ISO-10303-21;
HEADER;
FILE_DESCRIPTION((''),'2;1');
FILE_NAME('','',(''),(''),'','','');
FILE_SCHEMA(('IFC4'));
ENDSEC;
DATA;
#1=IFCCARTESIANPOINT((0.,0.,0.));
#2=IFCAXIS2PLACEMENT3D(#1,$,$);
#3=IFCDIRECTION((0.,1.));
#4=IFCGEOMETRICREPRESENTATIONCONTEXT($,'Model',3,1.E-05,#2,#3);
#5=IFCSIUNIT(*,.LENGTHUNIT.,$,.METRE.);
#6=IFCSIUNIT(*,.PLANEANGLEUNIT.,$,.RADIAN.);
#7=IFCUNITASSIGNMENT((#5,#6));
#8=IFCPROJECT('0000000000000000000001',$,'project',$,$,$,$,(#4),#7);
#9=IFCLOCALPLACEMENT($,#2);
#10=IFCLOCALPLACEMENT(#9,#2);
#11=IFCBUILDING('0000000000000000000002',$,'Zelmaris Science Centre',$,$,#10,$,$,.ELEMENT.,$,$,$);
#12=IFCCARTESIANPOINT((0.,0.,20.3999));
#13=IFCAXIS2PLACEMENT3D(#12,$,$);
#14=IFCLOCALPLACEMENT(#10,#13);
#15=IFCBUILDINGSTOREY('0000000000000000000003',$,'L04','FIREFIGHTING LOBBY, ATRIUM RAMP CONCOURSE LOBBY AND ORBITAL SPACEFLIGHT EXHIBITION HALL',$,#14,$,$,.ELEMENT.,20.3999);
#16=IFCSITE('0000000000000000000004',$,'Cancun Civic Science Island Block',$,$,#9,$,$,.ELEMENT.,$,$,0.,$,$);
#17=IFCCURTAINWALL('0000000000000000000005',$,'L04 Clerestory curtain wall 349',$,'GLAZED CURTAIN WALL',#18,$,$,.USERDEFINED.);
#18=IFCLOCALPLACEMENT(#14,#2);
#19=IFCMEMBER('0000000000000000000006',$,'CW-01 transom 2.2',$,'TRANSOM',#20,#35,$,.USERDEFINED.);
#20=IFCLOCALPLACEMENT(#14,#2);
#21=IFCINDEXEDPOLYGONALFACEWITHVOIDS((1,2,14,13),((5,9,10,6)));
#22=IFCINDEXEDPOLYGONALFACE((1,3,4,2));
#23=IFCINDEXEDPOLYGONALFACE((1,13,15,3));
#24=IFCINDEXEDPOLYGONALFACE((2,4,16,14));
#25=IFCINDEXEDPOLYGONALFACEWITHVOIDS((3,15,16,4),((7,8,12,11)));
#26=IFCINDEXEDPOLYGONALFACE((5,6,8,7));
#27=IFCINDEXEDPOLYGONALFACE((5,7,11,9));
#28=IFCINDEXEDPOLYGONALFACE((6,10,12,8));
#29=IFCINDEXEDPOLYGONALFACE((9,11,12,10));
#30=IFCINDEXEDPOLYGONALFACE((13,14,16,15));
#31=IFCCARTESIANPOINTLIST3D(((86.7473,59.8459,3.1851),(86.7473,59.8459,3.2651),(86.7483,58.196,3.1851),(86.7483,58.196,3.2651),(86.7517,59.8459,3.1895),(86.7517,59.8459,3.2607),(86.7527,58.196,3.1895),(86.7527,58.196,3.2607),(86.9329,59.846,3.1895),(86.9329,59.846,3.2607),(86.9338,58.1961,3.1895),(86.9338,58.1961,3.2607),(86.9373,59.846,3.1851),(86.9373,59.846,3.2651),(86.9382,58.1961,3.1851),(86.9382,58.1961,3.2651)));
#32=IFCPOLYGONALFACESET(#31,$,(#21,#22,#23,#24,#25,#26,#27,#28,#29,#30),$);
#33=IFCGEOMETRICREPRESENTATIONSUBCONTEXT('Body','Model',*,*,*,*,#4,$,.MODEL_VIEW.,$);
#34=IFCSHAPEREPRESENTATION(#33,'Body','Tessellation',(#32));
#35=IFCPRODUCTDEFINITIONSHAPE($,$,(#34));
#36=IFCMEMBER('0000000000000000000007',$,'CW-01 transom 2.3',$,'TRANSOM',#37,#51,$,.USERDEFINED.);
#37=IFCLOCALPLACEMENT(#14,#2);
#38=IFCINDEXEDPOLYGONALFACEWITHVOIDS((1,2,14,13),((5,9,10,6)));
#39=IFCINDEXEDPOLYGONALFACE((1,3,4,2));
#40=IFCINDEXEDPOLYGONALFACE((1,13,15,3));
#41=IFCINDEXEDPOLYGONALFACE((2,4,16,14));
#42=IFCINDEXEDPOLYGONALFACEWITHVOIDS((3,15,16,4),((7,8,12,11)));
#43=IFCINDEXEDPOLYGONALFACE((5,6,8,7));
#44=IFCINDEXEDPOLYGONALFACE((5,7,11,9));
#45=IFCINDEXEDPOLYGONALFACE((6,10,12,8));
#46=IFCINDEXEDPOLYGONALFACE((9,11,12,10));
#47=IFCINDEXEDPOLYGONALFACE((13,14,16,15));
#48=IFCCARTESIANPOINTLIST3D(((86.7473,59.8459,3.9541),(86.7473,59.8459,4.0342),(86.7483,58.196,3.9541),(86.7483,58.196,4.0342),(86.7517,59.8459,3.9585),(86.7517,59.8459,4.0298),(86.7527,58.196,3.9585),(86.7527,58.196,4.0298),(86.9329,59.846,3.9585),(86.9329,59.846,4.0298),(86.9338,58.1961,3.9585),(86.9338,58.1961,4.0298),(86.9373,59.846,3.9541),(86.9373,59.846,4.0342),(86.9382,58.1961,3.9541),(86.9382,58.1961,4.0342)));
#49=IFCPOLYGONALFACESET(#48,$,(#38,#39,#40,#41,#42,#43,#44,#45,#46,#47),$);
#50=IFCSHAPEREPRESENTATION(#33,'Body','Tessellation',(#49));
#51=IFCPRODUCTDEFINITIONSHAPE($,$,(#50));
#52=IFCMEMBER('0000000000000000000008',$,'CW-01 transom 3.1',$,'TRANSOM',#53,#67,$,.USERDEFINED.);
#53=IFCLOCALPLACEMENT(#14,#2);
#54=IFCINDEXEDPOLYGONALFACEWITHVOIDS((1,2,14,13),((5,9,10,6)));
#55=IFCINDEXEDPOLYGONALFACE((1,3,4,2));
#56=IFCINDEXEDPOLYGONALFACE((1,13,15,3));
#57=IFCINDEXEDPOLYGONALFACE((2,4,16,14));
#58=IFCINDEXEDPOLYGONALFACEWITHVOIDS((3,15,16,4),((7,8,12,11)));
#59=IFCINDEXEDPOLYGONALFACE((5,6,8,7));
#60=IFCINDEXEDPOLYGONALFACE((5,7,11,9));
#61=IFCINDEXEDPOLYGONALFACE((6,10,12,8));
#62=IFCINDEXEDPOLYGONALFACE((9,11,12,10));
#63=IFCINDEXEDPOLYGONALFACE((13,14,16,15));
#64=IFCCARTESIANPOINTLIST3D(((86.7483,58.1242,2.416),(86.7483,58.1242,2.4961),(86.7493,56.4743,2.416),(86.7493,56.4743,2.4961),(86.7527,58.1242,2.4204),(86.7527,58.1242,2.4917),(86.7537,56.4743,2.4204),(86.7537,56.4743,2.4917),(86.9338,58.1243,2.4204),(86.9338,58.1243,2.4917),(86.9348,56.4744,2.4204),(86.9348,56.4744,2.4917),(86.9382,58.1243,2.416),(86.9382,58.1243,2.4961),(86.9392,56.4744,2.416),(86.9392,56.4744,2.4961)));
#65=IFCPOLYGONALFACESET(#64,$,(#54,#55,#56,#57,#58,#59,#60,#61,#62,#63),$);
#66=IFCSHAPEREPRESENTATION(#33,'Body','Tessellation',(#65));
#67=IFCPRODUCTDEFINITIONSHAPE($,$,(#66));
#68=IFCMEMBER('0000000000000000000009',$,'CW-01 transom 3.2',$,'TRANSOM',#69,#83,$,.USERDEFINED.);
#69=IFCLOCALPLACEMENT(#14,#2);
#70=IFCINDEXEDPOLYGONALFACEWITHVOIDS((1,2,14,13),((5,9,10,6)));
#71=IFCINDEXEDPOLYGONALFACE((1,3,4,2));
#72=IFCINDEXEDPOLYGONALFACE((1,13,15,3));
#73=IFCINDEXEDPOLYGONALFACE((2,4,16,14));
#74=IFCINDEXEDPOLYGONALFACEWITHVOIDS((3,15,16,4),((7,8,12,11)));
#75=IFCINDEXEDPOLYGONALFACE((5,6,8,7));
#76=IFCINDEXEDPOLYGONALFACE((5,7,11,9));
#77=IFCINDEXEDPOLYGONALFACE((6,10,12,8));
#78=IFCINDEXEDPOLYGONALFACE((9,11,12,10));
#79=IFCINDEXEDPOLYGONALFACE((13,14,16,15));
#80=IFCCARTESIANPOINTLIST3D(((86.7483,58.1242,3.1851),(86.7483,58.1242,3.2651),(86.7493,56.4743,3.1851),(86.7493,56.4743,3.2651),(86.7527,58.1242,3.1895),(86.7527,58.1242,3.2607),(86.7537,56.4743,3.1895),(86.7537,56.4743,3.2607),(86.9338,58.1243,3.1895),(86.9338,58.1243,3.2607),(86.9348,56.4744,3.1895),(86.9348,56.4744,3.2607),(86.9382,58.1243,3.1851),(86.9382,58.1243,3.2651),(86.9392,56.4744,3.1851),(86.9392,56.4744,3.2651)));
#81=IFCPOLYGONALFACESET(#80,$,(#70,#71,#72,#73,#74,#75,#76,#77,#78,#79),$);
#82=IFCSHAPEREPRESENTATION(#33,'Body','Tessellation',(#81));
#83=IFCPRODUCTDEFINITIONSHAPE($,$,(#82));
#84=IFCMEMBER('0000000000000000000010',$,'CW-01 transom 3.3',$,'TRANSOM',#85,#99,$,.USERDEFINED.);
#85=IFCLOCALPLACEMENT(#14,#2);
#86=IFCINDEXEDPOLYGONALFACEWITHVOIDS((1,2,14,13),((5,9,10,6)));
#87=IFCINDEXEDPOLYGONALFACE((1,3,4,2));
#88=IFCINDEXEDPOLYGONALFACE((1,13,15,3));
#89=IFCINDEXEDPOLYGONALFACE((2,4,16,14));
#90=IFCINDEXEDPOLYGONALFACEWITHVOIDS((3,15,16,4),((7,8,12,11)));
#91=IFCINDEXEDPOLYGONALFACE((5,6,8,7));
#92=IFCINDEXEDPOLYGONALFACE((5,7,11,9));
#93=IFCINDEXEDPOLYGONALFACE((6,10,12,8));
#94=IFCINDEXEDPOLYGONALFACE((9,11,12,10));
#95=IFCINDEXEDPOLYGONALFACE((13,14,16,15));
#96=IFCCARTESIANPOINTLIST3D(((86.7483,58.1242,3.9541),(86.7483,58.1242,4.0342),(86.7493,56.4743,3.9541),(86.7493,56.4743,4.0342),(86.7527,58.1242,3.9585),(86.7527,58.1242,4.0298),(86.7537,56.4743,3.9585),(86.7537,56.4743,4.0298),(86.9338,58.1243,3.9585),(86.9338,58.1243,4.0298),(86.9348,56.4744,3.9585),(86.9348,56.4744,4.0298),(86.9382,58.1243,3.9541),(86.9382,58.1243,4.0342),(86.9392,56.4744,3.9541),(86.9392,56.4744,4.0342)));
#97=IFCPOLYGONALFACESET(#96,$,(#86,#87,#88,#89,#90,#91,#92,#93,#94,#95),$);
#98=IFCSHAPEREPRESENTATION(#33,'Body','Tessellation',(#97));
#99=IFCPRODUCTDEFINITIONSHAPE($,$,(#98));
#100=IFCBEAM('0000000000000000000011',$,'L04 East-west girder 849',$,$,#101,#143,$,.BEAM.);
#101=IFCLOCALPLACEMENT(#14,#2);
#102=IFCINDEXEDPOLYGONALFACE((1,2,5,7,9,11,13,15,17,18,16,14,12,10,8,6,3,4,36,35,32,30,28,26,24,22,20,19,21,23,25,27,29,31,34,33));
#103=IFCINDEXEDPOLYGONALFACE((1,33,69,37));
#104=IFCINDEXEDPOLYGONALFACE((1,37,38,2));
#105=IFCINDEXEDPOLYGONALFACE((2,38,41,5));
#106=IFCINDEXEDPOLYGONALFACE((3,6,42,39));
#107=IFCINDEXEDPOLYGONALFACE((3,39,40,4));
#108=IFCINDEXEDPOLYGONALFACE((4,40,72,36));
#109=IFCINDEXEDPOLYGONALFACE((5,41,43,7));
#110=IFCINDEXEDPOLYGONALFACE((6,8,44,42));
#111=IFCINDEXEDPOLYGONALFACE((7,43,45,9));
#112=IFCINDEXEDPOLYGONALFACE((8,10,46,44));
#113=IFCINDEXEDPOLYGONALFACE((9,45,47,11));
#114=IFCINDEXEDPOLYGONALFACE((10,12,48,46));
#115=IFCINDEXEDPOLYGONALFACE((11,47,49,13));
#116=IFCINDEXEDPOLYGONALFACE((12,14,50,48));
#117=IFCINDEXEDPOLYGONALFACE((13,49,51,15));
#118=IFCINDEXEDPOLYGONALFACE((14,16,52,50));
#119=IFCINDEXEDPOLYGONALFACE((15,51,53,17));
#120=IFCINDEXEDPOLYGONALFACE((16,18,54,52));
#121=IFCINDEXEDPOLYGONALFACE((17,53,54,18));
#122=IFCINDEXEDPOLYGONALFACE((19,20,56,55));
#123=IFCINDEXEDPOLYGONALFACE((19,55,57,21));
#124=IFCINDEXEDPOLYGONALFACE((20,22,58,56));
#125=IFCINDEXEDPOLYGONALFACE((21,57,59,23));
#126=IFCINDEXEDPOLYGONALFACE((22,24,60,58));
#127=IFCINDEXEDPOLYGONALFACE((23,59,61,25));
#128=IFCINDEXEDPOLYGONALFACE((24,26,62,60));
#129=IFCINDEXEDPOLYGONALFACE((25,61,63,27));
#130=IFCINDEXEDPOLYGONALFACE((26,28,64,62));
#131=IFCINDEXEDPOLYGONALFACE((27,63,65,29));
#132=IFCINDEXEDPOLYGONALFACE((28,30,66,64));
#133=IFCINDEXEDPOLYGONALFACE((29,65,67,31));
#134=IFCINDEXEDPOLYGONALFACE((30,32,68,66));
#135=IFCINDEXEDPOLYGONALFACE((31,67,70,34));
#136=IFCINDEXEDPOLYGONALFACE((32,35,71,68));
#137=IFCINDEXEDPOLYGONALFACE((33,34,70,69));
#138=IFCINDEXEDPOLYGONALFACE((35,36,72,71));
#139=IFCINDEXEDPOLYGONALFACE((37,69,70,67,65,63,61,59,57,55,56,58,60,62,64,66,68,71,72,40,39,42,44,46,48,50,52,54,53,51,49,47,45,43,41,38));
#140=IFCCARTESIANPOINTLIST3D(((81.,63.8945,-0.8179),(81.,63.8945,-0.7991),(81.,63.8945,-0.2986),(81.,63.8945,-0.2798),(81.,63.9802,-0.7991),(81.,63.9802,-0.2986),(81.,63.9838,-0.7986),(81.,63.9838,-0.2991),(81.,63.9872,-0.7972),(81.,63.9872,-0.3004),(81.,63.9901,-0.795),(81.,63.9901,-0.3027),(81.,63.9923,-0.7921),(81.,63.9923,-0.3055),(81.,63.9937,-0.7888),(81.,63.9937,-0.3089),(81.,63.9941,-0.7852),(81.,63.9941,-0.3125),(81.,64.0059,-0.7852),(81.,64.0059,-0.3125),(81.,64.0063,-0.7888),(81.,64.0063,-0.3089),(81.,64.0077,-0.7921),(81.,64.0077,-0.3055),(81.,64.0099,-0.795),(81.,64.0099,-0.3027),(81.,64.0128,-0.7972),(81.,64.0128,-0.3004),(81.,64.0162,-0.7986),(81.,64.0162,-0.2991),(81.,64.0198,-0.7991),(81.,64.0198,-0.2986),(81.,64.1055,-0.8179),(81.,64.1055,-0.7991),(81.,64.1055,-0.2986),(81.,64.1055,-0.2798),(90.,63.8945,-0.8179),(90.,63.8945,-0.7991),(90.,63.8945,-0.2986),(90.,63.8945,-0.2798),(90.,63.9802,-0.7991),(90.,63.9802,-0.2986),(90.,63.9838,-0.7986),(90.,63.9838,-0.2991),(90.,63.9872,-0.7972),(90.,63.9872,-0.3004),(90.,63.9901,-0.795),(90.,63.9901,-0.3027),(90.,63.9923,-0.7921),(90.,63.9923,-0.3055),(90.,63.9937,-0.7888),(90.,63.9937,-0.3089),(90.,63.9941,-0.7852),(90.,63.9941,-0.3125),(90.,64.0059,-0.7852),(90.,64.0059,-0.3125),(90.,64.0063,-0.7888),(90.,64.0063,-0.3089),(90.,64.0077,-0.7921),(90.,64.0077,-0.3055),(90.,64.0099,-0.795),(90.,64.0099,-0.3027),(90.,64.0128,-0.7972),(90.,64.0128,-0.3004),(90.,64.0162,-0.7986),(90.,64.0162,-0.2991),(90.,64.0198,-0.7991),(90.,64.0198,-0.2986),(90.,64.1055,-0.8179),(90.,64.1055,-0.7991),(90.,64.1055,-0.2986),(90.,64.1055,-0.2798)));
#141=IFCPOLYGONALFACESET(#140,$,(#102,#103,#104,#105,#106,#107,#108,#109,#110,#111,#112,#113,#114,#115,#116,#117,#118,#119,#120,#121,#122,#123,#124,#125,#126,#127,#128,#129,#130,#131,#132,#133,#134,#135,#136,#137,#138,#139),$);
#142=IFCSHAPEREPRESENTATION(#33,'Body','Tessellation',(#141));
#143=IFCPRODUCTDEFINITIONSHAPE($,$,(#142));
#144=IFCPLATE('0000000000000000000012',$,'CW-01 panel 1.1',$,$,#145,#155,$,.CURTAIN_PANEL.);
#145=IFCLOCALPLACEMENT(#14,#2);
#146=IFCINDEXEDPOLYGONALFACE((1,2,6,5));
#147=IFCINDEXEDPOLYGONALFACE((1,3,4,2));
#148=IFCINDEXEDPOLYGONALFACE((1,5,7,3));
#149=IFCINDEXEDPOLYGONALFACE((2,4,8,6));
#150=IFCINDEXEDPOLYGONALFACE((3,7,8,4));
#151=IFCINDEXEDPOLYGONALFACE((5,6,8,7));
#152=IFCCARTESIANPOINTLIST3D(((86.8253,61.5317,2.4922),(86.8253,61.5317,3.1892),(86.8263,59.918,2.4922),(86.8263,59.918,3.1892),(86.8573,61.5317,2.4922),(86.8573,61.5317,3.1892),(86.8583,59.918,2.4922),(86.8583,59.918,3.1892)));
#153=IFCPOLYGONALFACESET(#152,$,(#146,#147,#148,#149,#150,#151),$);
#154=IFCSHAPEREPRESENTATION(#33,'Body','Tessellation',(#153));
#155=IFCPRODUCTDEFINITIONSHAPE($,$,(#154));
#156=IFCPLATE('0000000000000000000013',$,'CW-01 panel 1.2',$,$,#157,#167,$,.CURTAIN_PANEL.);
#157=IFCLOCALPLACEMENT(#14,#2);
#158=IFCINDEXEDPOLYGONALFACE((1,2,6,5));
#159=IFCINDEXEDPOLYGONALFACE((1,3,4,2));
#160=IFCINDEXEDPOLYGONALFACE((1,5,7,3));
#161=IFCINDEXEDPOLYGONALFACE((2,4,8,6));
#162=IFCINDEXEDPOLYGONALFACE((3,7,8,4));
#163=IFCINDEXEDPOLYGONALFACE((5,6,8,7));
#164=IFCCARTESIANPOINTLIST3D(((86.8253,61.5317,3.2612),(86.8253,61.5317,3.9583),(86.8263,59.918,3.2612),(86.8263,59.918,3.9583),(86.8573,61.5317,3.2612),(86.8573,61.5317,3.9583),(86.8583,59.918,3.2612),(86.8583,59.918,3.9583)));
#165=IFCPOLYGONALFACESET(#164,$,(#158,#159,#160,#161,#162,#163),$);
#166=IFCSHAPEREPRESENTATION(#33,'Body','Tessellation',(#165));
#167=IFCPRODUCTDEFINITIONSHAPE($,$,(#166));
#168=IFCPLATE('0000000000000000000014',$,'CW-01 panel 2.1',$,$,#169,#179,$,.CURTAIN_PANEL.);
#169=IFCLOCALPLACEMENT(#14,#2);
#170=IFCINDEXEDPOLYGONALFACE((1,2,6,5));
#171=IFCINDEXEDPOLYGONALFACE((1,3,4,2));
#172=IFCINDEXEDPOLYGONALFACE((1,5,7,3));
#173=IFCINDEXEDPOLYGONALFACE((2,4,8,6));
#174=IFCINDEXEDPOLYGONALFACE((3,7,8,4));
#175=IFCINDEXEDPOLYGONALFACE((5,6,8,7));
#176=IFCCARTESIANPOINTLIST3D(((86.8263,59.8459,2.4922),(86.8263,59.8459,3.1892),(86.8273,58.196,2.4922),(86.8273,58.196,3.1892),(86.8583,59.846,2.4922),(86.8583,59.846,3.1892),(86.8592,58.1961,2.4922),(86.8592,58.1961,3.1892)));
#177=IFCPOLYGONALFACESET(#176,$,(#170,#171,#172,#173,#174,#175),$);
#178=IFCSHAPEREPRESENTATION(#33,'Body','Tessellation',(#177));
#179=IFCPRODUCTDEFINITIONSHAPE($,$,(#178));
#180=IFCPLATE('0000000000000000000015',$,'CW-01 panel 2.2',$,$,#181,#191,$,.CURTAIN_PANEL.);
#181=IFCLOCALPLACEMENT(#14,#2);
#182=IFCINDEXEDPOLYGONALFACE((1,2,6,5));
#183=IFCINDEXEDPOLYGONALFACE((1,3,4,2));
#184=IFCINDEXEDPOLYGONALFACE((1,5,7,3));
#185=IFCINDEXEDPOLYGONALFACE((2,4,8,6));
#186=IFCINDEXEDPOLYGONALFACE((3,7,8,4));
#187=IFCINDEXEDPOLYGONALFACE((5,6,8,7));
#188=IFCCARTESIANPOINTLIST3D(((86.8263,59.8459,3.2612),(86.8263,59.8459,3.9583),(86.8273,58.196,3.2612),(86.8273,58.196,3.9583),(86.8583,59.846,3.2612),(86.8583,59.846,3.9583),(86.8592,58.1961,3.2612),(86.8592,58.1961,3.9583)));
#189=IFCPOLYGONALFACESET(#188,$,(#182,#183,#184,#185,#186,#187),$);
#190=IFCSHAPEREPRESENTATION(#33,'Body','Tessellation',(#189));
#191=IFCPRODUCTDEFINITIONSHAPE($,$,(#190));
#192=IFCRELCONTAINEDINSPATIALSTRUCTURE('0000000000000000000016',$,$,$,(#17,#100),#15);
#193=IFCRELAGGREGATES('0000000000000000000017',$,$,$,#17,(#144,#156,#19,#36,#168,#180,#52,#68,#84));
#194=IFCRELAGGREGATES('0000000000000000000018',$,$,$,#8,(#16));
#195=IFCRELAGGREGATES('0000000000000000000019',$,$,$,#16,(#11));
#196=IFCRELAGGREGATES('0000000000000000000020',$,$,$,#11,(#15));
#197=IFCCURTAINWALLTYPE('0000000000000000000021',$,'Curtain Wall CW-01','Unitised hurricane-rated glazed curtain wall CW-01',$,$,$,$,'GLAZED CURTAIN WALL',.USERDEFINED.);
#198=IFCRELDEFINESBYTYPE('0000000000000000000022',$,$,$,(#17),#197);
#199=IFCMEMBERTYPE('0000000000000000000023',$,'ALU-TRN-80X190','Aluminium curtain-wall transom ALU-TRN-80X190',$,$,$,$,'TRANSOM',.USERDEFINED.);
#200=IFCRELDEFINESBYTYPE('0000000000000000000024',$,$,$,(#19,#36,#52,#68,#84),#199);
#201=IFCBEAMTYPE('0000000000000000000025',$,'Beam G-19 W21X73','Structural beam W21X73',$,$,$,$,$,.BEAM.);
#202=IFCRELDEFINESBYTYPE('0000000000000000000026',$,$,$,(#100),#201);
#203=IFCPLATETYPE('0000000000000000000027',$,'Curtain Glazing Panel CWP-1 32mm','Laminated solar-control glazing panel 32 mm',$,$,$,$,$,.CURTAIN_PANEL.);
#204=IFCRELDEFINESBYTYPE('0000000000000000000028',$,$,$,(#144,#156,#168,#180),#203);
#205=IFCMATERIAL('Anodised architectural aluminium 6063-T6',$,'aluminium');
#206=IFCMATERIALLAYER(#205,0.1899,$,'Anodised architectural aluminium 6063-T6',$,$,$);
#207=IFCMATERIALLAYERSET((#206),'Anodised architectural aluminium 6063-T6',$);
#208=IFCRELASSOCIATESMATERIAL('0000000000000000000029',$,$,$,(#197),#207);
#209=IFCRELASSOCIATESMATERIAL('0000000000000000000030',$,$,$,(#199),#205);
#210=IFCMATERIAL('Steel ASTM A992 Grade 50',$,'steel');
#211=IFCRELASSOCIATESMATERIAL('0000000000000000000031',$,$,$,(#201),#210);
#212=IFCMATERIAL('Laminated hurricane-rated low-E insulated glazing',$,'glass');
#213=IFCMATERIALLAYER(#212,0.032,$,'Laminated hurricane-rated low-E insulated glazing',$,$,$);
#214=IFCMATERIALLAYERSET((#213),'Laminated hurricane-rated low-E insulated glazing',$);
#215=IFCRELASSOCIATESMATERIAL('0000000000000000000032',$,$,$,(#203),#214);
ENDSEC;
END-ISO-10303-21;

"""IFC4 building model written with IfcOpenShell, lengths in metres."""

from ifc_helpers import new_model, si_unit, direction, frame, origin, origin_2d, place, context, subcontext, project, spatial, rectangle, hollow_rectangle, i_section, extrude, material, layer, layer_set, material_profile, profile_set, type_object, element, aggregate, save


model = new_model("IFC4")

# Units and contexts
model_context = context("Model", 3, precision=1e-05, world=origin(), true_north=direction((0.0, 1.0)))
body_context = subcontext(model_context, "Body", "Model", "MODEL_VIEW")
ifc_project = project(units=[si_unit("LENGTHUNIT", "METRE"), si_unit("PLANEANGLEUNIT", "RADIAN")], contexts=[model_context])

# Site, building, storey
site_placement = place(None, origin())
site = spatial("IfcSite", under=ifc_project, at=site_placement, Name="Cancun Civic Science Island Block", CompositionType="ELEMENT", RefElevation=0.0)
building_placement = place(site_placement, origin())
building = spatial("IfcBuilding", under=site, at=building_placement, Name="Zelmaris Science Centre", CompositionType="ELEMENT")
storey_placement = place(building_placement, frame((0.0, 0.0, 20.3999)))
storey = spatial("IfcBuildingStorey", under=building, at=storey_placement, Name="L04", Description="FIREFIGHTING LOBBY, ATRIUM RAMP CONCOURSE LOBBY AND ORBITAL SPACEFLIGHT EXHIBITION HALL", CompositionType="ELEMENT", Elevation=20.3999)

# Curtain wall, members
ifc_material_1 = material(Name="Anodised architectural aluminium 6063-T6", Category="aluminium")
ifc_layer_1 = layer(ifc_material_1, 0.1899, Name="Anodised architectural aluminium 6063-T6")
ifc_layer_set_1 = layer_set([ifc_layer_1], Name="Anodised architectural aluminium 6063-T6")
curtain_wall_type = type_object("IfcCurtainWallType", Name="Curtain Wall CW-01", Description="Unitised hurricane-rated glazed curtain wall CW-01", ElementType="GLAZED CURTAIN WALL", PredefinedType="USERDEFINED", material=ifc_layer_set_1)
curtain_wall_placement = place(storey_placement, origin())
curtain_wall = element("IfcCurtainWall", 1, at=curtain_wall_placement, inside=storey, type_object=curtain_wall_type, Name="L04 Clerestory curtain wall 349", ObjectType="GLAZED CURTAIN WALL", PredefinedType="USERDEFINED")
ifc_material_profile_1 = material_profile(ifc_material_1, hollow_rectangle(XDim=0.0801, YDim=0.1899, WallThickness=0.0044, at=origin_2d()), Name="ALU-TRN-80X190")
ifc_profile_set_1 = profile_set([ifc_material_profile_1], Name="Anodised architectural aluminium 6063-T6")
member_type_1 = type_object("IfcMemberType", Name="ALU-TRN-80X190", Description="Aluminium curtain-wall transom ALU-TRN-80X190", ElementType="TRANSOM", PredefinedType="USERDEFINED", material=ifc_profile_set_1)
member_1_placement = place(storey_placement, frame((86.8423, 59.8459, 3.2251), z_axis=(0.000592, -1.0, 0.0), x_axis=(0.0, 0.0, 1.0)))
member_1 = element("IfcMember", 2, at=member_1_placement, type_object=member_type_1, Name="CW-01 transom 2.2", ObjectType="TRANSOM", PredefinedType="USERDEFINED", context=body_context, shape_type="SweptSolid", body=[
    extrude(hollow_rectangle(XDim=0.0801, YDim=0.1899, WallThickness=0.0044, at=origin_2d()), origin(), (0.0, 0.0, 1.0), 1.6499),
])
member_2_placement = place(storey_placement, frame((86.8423, 59.8459, 3.9941), z_axis=(0.000592, -1.0, 0.0), x_axis=(0.0, 0.0, 1.0)))
member_2 = element("IfcMember", 3, at=member_2_placement, type_object=member_type_1, Name="CW-01 transom 2.3", ObjectType="TRANSOM", PredefinedType="USERDEFINED", context=body_context, shape_type="SweptSolid", body=[
    extrude(hollow_rectangle(XDim=0.0801, YDim=0.1899, WallThickness=0.0044, at=origin_2d()), origin(), (0.0, 0.0, 1.0), 1.6499),
])
member_3_placement = place(storey_placement, frame((86.8433, 58.1243, 2.4561), z_axis=(0.000592, -1.0, 0.0), x_axis=(0.0, 0.0, 1.0)))
member_3 = element("IfcMember", 4, at=member_3_placement, type_object=member_type_1, Name="CW-01 transom 3.1", ObjectType="TRANSOM", PredefinedType="USERDEFINED", context=body_context, shape_type="SweptSolid", body=[
    extrude(hollow_rectangle(XDim=0.0801, YDim=0.1899, WallThickness=0.0044, at=origin_2d()), origin(), (0.0, 0.0, 1.0), 1.6499),
])
member_4_placement = place(storey_placement, frame((86.8433, 58.1243, 3.2251), z_axis=(0.000592, -1.0, 0.0), x_axis=(0.0, 0.0, 1.0)))
member_4 = element("IfcMember", 5, at=member_4_placement, type_object=member_type_1, Name="CW-01 transom 3.2", ObjectType="TRANSOM", PredefinedType="USERDEFINED", context=body_context, shape_type="SweptSolid", body=[
    extrude(hollow_rectangle(XDim=0.0801, YDim=0.1899, WallThickness=0.0044, at=origin_2d()), origin(), (0.0, 0.0, 1.0), 1.6499),
])
member_5_placement = place(storey_placement, frame((86.8433, 58.1243, 3.9941), z_axis=(0.000592, -1.0, 0.0), x_axis=(0.0, 0.0, 1.0)))
member_5 = element("IfcMember", 6, at=member_5_placement, type_object=member_type_1, Name="CW-01 transom 3.3", ObjectType="TRANSOM", PredefinedType="USERDEFINED", context=body_context, shape_type="SweptSolid", body=[
    extrude(hollow_rectangle(XDim=0.0801, YDim=0.1899, WallThickness=0.0044, at=origin_2d()), origin(), (0.0, 0.0, 1.0), 1.6499),
])

# Beam
ifc_material_2 = material(Name="Steel ASTM A992 Grade 50", Category="steel")
ifc_material_profile_2 = material_profile(ifc_material_2, i_section(OverallWidth=0.2109, OverallDepth=0.5381, WebThickness=0.0117, FlangeThickness=0.0188, FilletRadius=0.0139, at=origin_2d()), Name="W21X73")
ifc_profile_set_2 = profile_set([ifc_material_profile_2], Name="Steel ASTM A992 Grade 50")
beam_type = type_object("IfcBeamType", Name="Beam G-19 W21X73", Description="Structural beam W21X73", PredefinedType="BEAM", material=ifc_profile_set_2)
beam_placement = place(storey_placement, frame((81.0, 64.0, -0.5488), z_axis=(1.0, 0.0, 0.0), x_axis=(0.0, 1.0, 0.0)))
element("IfcBeam", 7, at=beam_placement, inside=storey, type_object=beam_type, Name="L04 East-west girder 849", PredefinedType="BEAM", context=body_context, shape_type="SweptSolid", body=[
    extrude(i_section(OverallWidth=0.2109, OverallDepth=0.5381, WebThickness=0.0117, FlangeThickness=0.0188, FilletRadius=0.0139, at=origin_2d()), origin(), (0.0, 0.0, 1.0), 9.0),
])

# Plates
ifc_material_3 = material(Name="Laminated hurricane-rated low-E insulated glazing", Category="glass")
ifc_layer_2 = layer(ifc_material_3, 0.032, Name="Laminated hurricane-rated low-E insulated glazing")
ifc_layer_set_2 = layer_set([ifc_layer_2], Name="Laminated hurricane-rated low-E insulated glazing")
plate_type_1 = type_object("IfcPlateType", Name="Curtain Glazing Panel CWP-1 32mm", Description="Laminated solar-control glazing panel 32 mm", PredefinedType="CURTAIN_PANEL", material=ifc_layer_set_2)
plate_1_placement = place(storey_placement, frame((86.8418, 60.7249, 2.4922), z_axis=(0.0, 0.0, 1.0), x_axis=(0.000586, -1.0, 0.0)))
plate_1 = element("IfcPlate", 8, at=plate_1_placement, type_object=plate_type_1, Name="CW-01 panel 1.1", PredefinedType="CURTAIN_PANEL", context=body_context, shape_type="SweptSolid", body=[
    extrude(rectangle(XDim=1.6138, YDim=0.032, at=origin_2d()), origin(), (0.0, 0.0, 1.0), 0.697),
])
plate_2_placement = place(storey_placement, frame((86.8418, 60.7249, 3.2612), z_axis=(0.0, 0.0, 1.0), x_axis=(0.000586, -1.0, 0.0)))
plate_2 = element("IfcPlate", 9, at=plate_2_placement, type_object=plate_type_1, Name="CW-01 panel 1.2", PredefinedType="CURTAIN_PANEL", context=body_context, shape_type="SweptSolid", body=[
    extrude(rectangle(XDim=1.6138, YDim=0.032, at=origin_2d()), origin(), (0.0, 0.0, 1.0), 0.697),
])
plate_3_placement = place(storey_placement, frame((86.8428, 59.021, 2.4922), z_axis=(0.0, 0.0, 1.0), x_axis=(0.000586, -1.0, 0.0)))
plate_3 = element("IfcPlate", 10, at=plate_3_placement, type_object=plate_type_1, Name="CW-01 panel 2.1", PredefinedType="CURTAIN_PANEL", context=body_context, shape_type="SweptSolid", body=[
    extrude(rectangle(XDim=1.6499, YDim=0.032, at=origin_2d()), origin(), (0.0, 0.0, 1.0), 0.697),
])
plate_4_placement = place(storey_placement, frame((86.8428, 59.021, 3.2612), z_axis=(0.0, 0.0, 1.0), x_axis=(0.000586, -1.0, 0.0)))
plate_4 = element("IfcPlate", 11, at=plate_4_placement, type_object=plate_type_1, Name="CW-01 panel 2.2", PredefinedType="CURTAIN_PANEL", context=body_context, shape_type="SweptSolid", body=[
    extrude(rectangle(XDim=1.6499, YDim=0.032, at=origin_2d()), origin(), (0.0, 0.0, 1.0), 0.697),
])
aggregate(curtain_wall, [plate_1, plate_2, member_1, member_2, plate_3, plate_4, member_3, member_4, member_5])

save(model, "model.ifc")
